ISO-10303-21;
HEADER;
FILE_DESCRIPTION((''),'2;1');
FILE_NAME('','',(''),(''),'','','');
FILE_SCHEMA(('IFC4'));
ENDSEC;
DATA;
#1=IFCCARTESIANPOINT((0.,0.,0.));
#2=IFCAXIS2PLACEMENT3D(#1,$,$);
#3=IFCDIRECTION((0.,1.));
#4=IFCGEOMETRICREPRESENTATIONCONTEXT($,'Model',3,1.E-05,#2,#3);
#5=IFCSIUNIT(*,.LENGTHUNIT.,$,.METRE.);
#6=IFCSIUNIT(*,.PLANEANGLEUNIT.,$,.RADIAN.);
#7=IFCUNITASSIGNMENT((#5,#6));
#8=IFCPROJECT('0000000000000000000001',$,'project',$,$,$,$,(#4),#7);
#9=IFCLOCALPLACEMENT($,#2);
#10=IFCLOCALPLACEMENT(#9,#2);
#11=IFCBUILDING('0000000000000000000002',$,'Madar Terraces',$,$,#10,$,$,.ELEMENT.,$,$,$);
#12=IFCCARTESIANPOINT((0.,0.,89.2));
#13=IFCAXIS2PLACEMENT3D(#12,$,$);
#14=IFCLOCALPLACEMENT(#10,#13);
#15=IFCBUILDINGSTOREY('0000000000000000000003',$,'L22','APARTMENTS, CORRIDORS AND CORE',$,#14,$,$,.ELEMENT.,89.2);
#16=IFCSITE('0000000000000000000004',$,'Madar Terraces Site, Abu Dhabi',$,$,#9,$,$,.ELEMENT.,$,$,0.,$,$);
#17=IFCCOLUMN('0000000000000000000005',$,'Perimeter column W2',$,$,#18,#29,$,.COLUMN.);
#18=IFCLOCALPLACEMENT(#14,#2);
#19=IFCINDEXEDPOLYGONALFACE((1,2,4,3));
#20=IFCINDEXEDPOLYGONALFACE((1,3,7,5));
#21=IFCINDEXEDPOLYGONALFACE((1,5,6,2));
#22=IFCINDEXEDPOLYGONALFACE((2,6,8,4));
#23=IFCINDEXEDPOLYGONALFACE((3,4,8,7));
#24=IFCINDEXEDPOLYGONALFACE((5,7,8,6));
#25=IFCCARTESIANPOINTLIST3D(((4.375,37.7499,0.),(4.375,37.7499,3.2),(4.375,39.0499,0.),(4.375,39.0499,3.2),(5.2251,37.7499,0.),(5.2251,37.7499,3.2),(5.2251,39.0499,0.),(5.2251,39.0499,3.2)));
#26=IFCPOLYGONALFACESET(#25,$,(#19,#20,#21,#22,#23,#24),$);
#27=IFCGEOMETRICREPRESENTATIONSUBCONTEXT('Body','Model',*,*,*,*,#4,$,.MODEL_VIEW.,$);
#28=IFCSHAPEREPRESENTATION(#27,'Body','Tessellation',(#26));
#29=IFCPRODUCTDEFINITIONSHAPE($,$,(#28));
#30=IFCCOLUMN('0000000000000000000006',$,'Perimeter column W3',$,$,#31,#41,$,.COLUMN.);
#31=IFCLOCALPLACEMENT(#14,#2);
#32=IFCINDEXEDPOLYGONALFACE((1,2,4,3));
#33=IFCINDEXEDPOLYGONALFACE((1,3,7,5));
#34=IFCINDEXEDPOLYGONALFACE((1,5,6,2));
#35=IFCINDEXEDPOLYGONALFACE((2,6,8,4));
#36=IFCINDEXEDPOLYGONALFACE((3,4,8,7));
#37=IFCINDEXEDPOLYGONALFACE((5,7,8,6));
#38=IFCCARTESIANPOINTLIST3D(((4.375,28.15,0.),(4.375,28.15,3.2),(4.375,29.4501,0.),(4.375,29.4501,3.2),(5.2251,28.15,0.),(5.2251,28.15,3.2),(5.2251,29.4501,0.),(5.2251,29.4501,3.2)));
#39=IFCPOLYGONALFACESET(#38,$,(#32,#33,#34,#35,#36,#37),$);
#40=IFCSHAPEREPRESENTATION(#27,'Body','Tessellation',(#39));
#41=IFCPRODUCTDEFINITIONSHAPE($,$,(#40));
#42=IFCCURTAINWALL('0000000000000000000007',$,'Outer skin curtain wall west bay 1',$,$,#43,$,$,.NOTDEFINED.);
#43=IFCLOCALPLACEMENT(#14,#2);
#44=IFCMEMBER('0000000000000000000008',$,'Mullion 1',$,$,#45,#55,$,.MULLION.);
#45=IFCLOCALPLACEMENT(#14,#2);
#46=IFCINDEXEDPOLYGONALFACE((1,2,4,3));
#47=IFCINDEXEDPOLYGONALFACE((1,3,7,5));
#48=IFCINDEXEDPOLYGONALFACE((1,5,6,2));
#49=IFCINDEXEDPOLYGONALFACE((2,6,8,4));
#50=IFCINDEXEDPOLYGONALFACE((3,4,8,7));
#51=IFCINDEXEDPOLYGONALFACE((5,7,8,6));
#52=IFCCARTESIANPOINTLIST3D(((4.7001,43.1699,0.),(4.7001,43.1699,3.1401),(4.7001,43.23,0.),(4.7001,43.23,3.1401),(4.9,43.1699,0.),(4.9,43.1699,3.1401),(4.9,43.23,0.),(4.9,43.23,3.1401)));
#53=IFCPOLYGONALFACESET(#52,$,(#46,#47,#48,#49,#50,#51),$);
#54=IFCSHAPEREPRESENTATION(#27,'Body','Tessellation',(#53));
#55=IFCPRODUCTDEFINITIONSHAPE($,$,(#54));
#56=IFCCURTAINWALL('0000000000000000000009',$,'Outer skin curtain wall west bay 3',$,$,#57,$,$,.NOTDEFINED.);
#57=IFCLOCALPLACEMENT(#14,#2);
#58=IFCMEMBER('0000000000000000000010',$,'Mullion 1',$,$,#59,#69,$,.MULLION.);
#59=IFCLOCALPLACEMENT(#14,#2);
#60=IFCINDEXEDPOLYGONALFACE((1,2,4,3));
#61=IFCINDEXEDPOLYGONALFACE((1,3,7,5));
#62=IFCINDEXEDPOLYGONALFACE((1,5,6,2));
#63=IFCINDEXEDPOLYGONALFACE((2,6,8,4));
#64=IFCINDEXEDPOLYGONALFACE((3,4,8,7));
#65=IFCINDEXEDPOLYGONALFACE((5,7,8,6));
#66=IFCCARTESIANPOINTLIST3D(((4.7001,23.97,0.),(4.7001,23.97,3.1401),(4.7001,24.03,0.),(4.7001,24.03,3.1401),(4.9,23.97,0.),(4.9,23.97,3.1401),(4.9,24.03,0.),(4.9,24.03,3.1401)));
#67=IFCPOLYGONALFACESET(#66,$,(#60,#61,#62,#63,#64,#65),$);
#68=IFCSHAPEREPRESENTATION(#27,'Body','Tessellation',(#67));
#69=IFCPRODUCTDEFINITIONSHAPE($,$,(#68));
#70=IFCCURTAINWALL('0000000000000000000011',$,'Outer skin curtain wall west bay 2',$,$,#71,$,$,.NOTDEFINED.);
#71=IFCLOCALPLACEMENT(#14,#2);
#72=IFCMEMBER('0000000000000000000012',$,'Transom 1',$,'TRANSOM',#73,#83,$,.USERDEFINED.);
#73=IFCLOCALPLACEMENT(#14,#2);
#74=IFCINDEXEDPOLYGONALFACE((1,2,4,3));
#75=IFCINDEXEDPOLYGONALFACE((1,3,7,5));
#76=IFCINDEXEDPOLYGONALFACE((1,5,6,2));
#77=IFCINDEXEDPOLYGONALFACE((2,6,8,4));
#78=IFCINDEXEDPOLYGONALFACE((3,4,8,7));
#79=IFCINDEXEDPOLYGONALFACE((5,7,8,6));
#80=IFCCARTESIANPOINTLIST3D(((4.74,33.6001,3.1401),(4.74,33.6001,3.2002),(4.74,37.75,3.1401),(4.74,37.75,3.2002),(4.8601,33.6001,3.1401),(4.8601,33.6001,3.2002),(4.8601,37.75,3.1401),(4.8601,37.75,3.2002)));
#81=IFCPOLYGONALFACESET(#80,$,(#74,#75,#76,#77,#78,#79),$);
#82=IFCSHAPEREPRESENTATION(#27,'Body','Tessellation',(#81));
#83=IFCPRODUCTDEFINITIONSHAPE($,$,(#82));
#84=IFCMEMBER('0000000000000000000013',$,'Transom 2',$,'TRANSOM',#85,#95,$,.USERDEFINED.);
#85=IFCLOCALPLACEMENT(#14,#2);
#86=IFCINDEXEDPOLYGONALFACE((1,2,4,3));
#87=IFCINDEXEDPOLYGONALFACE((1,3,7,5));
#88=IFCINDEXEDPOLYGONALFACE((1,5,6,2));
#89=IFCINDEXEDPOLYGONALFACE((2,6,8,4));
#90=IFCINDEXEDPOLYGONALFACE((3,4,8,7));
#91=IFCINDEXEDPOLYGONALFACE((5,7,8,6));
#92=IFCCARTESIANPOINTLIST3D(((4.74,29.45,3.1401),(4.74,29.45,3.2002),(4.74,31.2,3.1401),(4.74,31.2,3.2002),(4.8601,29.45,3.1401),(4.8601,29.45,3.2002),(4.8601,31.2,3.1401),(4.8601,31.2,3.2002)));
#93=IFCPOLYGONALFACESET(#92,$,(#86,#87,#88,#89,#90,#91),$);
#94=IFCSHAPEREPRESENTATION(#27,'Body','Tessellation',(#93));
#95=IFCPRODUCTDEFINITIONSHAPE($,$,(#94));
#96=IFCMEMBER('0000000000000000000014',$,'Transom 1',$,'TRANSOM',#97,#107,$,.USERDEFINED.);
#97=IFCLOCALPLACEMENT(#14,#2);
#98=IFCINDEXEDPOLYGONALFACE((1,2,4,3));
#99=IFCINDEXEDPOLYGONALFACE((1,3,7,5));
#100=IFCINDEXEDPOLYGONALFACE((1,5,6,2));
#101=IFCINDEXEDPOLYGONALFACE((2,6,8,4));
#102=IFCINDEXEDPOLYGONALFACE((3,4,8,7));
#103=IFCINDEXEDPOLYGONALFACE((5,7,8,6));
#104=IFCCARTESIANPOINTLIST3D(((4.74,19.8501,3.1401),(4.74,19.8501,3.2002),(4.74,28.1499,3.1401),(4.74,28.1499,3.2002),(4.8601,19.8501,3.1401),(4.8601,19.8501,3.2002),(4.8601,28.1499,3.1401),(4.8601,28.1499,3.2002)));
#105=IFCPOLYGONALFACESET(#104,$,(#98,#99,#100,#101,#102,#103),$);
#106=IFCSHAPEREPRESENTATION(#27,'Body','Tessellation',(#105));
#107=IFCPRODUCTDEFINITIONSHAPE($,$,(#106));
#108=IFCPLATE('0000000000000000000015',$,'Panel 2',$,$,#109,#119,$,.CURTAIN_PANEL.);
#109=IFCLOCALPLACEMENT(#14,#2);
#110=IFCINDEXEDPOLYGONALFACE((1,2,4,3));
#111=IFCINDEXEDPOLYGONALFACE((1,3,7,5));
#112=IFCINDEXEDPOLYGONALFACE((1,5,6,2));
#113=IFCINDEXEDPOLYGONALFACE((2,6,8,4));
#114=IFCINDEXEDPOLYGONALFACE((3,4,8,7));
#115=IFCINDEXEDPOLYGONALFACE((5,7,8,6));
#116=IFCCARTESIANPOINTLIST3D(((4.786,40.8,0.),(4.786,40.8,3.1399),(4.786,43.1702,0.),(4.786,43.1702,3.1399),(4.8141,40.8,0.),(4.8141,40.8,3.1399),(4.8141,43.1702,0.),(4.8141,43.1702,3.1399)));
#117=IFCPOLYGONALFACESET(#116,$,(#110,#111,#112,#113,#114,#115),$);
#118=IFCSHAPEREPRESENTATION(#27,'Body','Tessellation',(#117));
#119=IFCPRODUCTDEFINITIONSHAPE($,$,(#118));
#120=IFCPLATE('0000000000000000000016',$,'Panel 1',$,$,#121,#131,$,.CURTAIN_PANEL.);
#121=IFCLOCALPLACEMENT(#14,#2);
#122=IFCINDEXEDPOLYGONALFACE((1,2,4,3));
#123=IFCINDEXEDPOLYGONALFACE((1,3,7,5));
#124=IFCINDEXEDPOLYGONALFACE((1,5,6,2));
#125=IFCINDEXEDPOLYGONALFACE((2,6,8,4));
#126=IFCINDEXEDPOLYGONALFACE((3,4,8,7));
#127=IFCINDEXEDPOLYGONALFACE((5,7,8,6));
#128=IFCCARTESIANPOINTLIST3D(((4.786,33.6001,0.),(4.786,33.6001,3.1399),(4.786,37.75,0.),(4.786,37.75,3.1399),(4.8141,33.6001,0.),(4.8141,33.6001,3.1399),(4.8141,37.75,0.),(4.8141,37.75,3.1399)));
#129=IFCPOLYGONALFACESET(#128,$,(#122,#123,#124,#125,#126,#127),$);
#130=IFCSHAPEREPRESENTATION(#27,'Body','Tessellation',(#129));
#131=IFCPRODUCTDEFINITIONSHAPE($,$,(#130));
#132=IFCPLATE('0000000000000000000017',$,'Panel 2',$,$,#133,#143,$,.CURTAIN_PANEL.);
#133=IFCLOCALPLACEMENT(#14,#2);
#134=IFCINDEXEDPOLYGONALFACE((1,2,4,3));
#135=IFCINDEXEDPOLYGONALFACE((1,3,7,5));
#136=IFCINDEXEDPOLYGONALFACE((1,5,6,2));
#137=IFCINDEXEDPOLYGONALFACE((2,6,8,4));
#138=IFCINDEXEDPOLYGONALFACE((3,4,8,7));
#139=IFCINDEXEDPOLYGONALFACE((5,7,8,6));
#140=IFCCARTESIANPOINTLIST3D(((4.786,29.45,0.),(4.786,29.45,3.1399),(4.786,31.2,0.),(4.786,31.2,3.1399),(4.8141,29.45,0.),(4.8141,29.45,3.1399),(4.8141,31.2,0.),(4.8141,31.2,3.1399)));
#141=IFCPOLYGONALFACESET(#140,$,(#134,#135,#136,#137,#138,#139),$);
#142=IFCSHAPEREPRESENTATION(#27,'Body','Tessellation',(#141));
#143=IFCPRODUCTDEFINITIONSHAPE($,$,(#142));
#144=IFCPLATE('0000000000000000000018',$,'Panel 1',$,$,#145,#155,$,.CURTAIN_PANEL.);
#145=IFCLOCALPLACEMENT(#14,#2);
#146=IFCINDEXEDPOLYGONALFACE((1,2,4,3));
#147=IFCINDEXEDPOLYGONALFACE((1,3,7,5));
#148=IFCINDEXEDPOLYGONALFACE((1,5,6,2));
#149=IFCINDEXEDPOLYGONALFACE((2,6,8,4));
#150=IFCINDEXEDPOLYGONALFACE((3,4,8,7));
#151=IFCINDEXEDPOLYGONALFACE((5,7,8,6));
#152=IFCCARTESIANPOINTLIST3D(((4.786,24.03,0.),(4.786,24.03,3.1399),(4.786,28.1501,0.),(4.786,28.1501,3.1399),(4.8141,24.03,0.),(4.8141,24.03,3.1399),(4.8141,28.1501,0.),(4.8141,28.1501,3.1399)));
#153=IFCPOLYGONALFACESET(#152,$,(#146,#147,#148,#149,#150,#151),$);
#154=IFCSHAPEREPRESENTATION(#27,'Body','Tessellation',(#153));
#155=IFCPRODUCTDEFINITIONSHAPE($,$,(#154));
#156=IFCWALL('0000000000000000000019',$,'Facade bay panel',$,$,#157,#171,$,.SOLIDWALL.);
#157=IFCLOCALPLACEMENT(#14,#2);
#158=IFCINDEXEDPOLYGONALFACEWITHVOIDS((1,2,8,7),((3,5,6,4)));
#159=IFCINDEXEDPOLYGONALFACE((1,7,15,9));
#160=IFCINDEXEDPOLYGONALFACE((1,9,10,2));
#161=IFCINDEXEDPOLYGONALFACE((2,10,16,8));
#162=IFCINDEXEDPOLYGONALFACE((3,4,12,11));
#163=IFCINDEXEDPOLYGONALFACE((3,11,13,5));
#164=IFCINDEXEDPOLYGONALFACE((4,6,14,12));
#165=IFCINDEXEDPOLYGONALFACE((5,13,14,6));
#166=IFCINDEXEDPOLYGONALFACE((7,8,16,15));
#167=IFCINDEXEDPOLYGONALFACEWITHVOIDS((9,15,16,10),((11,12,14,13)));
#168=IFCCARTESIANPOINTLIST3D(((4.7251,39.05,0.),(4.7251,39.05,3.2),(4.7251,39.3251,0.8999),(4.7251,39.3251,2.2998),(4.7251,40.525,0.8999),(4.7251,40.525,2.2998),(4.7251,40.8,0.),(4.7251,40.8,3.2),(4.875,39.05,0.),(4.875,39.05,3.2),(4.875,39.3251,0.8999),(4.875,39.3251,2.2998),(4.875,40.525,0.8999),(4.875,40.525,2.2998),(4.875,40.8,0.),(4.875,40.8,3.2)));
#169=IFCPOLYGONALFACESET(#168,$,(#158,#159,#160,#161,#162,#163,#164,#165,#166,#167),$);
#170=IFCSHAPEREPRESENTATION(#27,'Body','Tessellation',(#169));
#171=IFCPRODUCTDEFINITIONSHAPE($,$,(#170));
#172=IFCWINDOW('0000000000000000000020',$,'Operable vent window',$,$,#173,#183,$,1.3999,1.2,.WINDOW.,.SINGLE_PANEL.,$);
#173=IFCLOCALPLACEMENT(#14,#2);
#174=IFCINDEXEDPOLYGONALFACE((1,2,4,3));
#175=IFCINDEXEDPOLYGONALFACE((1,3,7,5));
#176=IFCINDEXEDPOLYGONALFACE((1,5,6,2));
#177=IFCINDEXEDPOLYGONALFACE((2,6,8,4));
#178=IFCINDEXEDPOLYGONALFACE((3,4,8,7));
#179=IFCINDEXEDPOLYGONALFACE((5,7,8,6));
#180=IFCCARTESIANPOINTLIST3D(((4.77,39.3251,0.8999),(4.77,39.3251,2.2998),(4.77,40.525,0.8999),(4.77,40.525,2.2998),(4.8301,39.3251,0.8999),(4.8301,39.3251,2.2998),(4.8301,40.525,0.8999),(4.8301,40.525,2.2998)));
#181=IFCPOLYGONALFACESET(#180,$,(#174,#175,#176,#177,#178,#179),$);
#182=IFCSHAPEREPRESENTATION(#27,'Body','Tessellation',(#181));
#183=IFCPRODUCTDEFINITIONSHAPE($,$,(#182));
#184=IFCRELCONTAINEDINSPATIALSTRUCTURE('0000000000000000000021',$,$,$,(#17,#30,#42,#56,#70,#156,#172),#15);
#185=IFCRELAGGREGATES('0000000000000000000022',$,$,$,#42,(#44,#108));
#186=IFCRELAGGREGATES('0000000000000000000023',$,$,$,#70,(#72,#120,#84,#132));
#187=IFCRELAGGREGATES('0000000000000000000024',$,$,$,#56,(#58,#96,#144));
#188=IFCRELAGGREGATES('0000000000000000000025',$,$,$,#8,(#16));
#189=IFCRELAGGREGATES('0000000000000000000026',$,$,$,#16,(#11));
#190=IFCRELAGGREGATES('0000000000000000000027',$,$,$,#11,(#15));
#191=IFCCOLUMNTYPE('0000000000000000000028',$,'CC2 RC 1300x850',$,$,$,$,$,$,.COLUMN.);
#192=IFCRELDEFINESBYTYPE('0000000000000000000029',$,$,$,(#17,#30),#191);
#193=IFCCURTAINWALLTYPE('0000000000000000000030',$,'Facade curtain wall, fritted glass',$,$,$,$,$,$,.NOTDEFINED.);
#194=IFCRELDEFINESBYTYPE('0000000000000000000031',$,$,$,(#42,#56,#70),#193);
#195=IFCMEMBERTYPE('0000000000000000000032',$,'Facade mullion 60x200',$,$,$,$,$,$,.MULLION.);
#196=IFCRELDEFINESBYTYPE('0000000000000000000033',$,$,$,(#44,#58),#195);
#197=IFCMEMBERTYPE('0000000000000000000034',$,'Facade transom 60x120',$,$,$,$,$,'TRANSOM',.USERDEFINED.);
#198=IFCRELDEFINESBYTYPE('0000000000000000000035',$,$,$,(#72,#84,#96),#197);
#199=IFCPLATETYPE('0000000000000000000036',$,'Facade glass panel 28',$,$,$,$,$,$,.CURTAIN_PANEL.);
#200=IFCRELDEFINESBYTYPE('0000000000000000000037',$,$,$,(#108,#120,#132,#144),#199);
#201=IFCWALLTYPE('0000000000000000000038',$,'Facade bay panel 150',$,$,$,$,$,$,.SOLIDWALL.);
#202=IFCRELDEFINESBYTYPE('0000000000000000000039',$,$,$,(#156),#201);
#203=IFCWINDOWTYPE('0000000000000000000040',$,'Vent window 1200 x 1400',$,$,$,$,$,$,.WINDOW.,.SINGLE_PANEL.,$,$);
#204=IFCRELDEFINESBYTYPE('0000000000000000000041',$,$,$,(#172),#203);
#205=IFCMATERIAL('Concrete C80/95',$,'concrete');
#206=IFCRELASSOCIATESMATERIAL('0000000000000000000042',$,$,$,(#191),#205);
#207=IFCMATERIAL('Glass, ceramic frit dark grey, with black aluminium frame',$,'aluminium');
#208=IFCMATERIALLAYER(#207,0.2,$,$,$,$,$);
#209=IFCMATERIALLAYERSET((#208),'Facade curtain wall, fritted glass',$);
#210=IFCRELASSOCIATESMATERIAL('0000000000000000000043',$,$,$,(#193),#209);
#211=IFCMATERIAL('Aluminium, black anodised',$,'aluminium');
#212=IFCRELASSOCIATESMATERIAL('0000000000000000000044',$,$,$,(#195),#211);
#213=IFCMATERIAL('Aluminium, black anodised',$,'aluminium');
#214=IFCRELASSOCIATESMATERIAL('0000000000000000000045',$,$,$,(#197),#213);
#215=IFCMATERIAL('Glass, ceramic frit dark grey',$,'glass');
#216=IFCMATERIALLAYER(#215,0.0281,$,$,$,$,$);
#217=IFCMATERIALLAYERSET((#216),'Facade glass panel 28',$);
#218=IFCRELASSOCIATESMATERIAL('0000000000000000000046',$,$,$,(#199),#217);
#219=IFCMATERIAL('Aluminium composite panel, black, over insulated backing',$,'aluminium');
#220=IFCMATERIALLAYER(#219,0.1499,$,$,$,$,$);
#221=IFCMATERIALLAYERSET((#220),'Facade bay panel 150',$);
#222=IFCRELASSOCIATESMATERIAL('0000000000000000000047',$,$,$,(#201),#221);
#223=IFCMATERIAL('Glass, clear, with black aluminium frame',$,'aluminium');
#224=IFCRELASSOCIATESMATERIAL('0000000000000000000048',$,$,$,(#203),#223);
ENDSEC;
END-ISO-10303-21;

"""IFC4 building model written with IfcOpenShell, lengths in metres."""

from ifc_helpers import new_model, si_unit, direction, frame, frame_2d, origin, origin_2d, place, context, subcontext, project, spatial, rectangle, extrude, material, layer, layer_set, material_profile, profile_set, type_object, element, fill, aggregate, save


model = new_model("IFC4")

# Units and contexts
model_context = context("Model", 3, precision=1e-05, world=origin(), true_north=direction((0.0, 1.0)))
body_context = subcontext(model_context, "Body", "Model", "MODEL_VIEW")
ifc_project = project(units=[si_unit("LENGTHUNIT", "METRE"), si_unit("PLANEANGLEUNIT", "RADIAN")], contexts=[model_context])

# Site, building, storey
site_placement = place(None, origin())
site = spatial("IfcSite", under=ifc_project, at=site_placement, Name="Madar Terraces Site, Abu Dhabi", CompositionType="ELEMENT", RefElevation=0.0)
building_placement = place(site_placement, origin())
building = spatial("IfcBuilding", under=site, at=building_placement, Name="Madar Terraces", CompositionType="ELEMENT")
storey_placement = place(building_placement, frame((0.0, 0.0, 89.2)))
storey = spatial("IfcBuildingStorey", under=building, at=storey_placement, Name="L22", Description="APARTMENTS, CORRIDORS AND CORE", CompositionType="ELEMENT", Elevation=89.2)

# Columns
ifc_material_1 = material(Name="Concrete C80/95", Category="concrete")
ifc_material_profile_1 = material_profile(ifc_material_1, rectangle(XDim=1.3, YDim=0.8501, at=origin_2d()), Name="CC2 RC 1300x850")
ifc_profile_set_1 = profile_set([ifc_material_profile_1], Name="Concrete C80/95")
column_type = type_object("IfcColumnType", Name="CC2 RC 1300x850", PredefinedType="COLUMN", material=ifc_profile_set_1)
for number, where, z_axis, x_axis, name in (
    (1, (4.8, 38.3999, 0.0), (0.0, 0.0, 1.0), (0.0, 1.0, 0.0), "Perimeter column W2"),
    (2, (4.8, 28.8, 0.0), (0.0, 0.0, 1.0), (0.0, 1.0, 0.0), "Perimeter column W3"),
):
    element("IfcColumn", number, at=place(storey_placement, frame(where, z_axis=z_axis, x_axis=x_axis)), inside=storey, type_object=column_type, Name=name, PredefinedType="COLUMN", context=body_context, shape_type="SweptSolid", body=[
        extrude(rectangle(XDim=1.3, YDim=0.8501, at=origin_2d()), origin(), (0.0, 0.0, 1.0), 3.2),
    ])

# Curtain walls, members
ifc_material_2 = material(Name="Glass, ceramic frit dark grey, with black aluminium frame", Category="aluminium")
ifc_layer_1 = layer(ifc_material_2, 0.2)
ifc_layer_set_1 = layer_set([ifc_layer_1], Name="Facade curtain wall, fritted glass")
curtain_wall_type = type_object("IfcCurtainWallType", Name="Facade curtain wall, fritted glass", PredefinedType="NOTDEFINED", material=ifc_layer_set_1)
curtain_wall_1_placement = place(storey_placement, origin())
curtain_wall_1 = element("IfcCurtainWall", 3, at=curtain_wall_1_placement, inside=storey, type_object=curtain_wall_type, Name="Outer skin curtain wall west bay 1", PredefinedType="NOTDEFINED")
ifc_material_3 = material(Name="Aluminium, black anodised", Category="aluminium")
ifc_material_profile_2 = material_profile(ifc_material_3, rectangle(XDim=0.2, YDim=0.0601, at=origin_2d()), Name="Facade mullion 60x200")
ifc_profile_set_2 = profile_set([ifc_material_profile_2], Name="Aluminium, black anodised")
member_type_1 = type_object("IfcMemberType", Name="Facade mullion 60x200", PredefinedType="MULLION", material=ifc_profile_set_2)
member_1_placement = place(storey_placement, frame((4.8, 43.2, 0.0), z_axis=(0.0, 0.0, 1.0), x_axis=(1.0, 0.0, 0.0)))
member_1 = element("IfcMember", 4, at=member_1_placement, type_object=member_type_1, Name="Mullion 1", PredefinedType="MULLION", context=body_context, shape_type="SweptSolid", body=[
    extrude(rectangle(XDim=0.2, YDim=0.0601, at=origin_2d()), origin(), (0.0, 0.0, 1.0), 3.1401),
])
curtain_wall_2_placement = place(storey_placement, origin())
curtain_wall_2 = element("IfcCurtainWall", 5, at=curtain_wall_2_placement, inside=storey, type_object=curtain_wall_type, Name="Outer skin curtain wall west bay 3", PredefinedType="NOTDEFINED")
member_2_placement = place(storey_placement, frame((4.8, 24.0, 0.0), z_axis=(0.0, 0.0, 1.0), x_axis=(1.0, 0.0, 0.0)))
member_2 = element("IfcMember", 6, at=member_2_placement, type_object=member_type_1, Name="Mullion 1", PredefinedType="MULLION", context=body_context, shape_type="SweptSolid", body=[
    extrude(rectangle(XDim=0.2, YDim=0.0601, at=origin_2d()), origin(), (0.0, 0.0, 1.0), 3.1401),
])

# Curtain wall, members
curtain_wall_3_placement = place(storey_placement, origin())
curtain_wall_3 = element("IfcCurtainWall", 7, at=curtain_wall_3_placement, inside=storey, type_object=curtain_wall_type, Name="Outer skin curtain wall west bay 2", PredefinedType="NOTDEFINED")
ifc_material_4 = material(Name="Aluminium, black anodised", Category="aluminium")
ifc_material_profile_3 = material_profile(ifc_material_4, rectangle(XDim=0.1201, YDim=0.0601, at=origin_2d()), Name="Facade transom 60x120")
ifc_profile_set_3 = profile_set([ifc_material_profile_3], Name="Aluminium, black anodised")
member_type_2 = type_object("IfcMemberType", Name="Facade transom 60x120", ElementType="TRANSOM", PredefinedType="USERDEFINED", material=ifc_profile_set_3)
member_3_placement = place(storey_placement, frame((4.8, 37.75, 3.1702), z_axis=(0.0, -1.0, 0.0), x_axis=(1.0, 0.0, 0.0)))
member_3 = element("IfcMember", 8, at=member_3_placement, type_object=member_type_2, Name="Transom 1", ObjectType="TRANSOM", PredefinedType="USERDEFINED", context=body_context, shape_type="SweptSolid", body=[
    extrude(rectangle(XDim=0.1201, YDim=0.0601, at=origin_2d()), origin(), (0.0, 0.0, 1.0), 4.1499),
])
member_4_placement = place(storey_placement, frame((4.8, 31.2, 3.1702), z_axis=(0.0, -1.0, 0.0), x_axis=(1.0, 0.0, 0.0)))
member_4 = element("IfcMember", 9, at=member_4_placement, type_object=member_type_2, Name="Transom 2", ObjectType="TRANSOM", PredefinedType="USERDEFINED", context=body_context, shape_type="SweptSolid", body=[
    extrude(rectangle(XDim=0.1201, YDim=0.0601, at=origin_2d()), origin(), (0.0, 0.0, 1.0), 1.75),
])

# Member
member_5_placement = place(storey_placement, frame((4.8, 28.1499, 3.1702), z_axis=(0.0, -1.0, 0.0), x_axis=(1.0, 0.0, 0.0)))
member_5 = element("IfcMember", 10, at=member_5_placement, type_object=member_type_2, Name="Transom 1", ObjectType="TRANSOM", PredefinedType="USERDEFINED", context=body_context, shape_type="SweptSolid", body=[
    extrude(rectangle(XDim=0.1201, YDim=0.0601, at=origin_2d()), origin(), (0.0, 0.0, 1.0), 8.2998),
])

# Plates
ifc_material_5 = material(Name="Glass, ceramic frit dark grey", Category="glass")
ifc_layer_2 = layer(ifc_material_5, 0.0281)
ifc_layer_set_2 = layer_set([ifc_layer_2], Name="Facade glass panel 28")
plate_type = type_object("IfcPlateType", Name="Facade glass panel 28", PredefinedType="CURTAIN_PANEL", material=ifc_layer_set_2)
plate_1_placement = place(storey_placement, frame((4.8, 41.9851, 0.0), z_axis=(0.0, 0.0, 1.0), x_axis=(0.0, -1.0, 0.0)))
plate_1 = element("IfcPlate", 11, at=plate_1_placement, type_object=plate_type, Name="Panel 2", PredefinedType="CURTAIN_PANEL", context=body_context, shape_type="SweptSolid", body=[
    extrude(rectangle(XDim=2.3701, YDim=0.0281, at=origin_2d()), origin(), (0.0, 0.0, 1.0), 3.1399),
])
aggregate(curtain_wall_1, [member_1, plate_1])
plate_2_placement = place(storey_placement, frame((4.8, 35.675, 0.0), z_axis=(0.0, 0.0, 1.0), x_axis=(0.0, -1.0, 0.0)))
plate_2 = element("IfcPlate", 12, at=plate_2_placement, type_object=plate_type, Name="Panel 1", PredefinedType="CURTAIN_PANEL", context=body_context, shape_type="SweptSolid", body=[
    extrude(rectangle(XDim=4.1499, YDim=0.0281, at=origin_2d()), origin(), (0.0, 0.0, 1.0), 3.1399),
])
plate_3_placement = place(storey_placement, frame((4.8, 30.325, 0.0), z_axis=(0.0, 0.0, 1.0), x_axis=(0.0, -1.0, 0.0)))
plate_3 = element("IfcPlate", 13, at=plate_3_placement, type_object=plate_type, Name="Panel 2", PredefinedType="CURTAIN_PANEL", context=body_context, shape_type="SweptSolid", body=[
    extrude(rectangle(XDim=1.75, YDim=0.0281, at=origin_2d()), origin(), (0.0, 0.0, 1.0), 3.1399),
])
aggregate(curtain_wall_3, [member_3, plate_2, member_4, plate_3])
plate_4_placement = place(storey_placement, frame((4.8, 26.0901, 0.0), z_axis=(0.0, 0.0, 1.0), x_axis=(0.0, -1.0, 0.0)))
plate_4 = element("IfcPlate", 14, at=plate_4_placement, type_object=plate_type, Name="Panel 1", PredefinedType="CURTAIN_PANEL", context=body_context, shape_type="SweptSolid", body=[
    extrude(rectangle(XDim=4.1201, YDim=0.0281, at=origin_2d()), origin(), (0.0, 0.0, 1.0), 3.1399),
])
aggregate(curtain_wall_2, [member_2, member_5, plate_4])

# Wall, opening, window
ifc_material_6 = material(Name="Aluminium composite panel, black, over insulated backing", Category="aluminium")
ifc_layer_3 = layer(ifc_material_6, 0.1499)
ifc_layer_set_3 = layer_set([ifc_layer_3], Name="Facade bay panel 150")
wall_type_1 = type_object("IfcWallType", Name="Facade bay panel 150", PredefinedType="SOLIDWALL", material=ifc_layer_set_3)
wall_1_placement = place(storey_placement, frame((4.8, 40.8, 0.0), z_axis=(0.0, 0.0, 1.0), x_axis=(0.0, -1.0, 0.0)))
wall_1 = element("IfcWall", 15, at=wall_1_placement, inside=storey, type_object=wall_type_1, Name="Facade bay panel", PredefinedType="SOLIDWALL", context=body_context, shape_type="SweptSolid", body=[
    extrude(rectangle(XDim=1.75, YDim=0.1499, at=frame_2d((0.875, 0.0))), origin(), (0.0, 0.0, 1.0), 3.2),
])
opening_1_placement = place(wall_1_placement, frame((0.2749, 0.0, 0.8999)))
opening_1 = element("IfcOpeningElement", 16, at=opening_1_placement, cuts=wall_1, PredefinedType="OPENING", context=body_context, shape_type="SweptSolid", body=[
    extrude(rectangle(XDim=1.2, YDim=1.3999, at=frame_2d((0.6001, 0.7))), frame((0.0, 0.085, 0.0), z_axis=(0.0, -1.0, 0.0), x_axis=(1.0, 0.0, 0.0)), (0.0, 0.0, 1.0), 0.1699),
])
ifc_material_7 = material(Name="Glass, clear, with black aluminium frame", Category="aluminium")
window_type = type_object("IfcWindowType", Name="Vent window 1200 x 1400", PartitioningType="SINGLE_PANEL", PredefinedType="WINDOW", material=ifc_material_7)
window_placement = place(opening_1_placement, origin())
window = element("IfcWindow", 17, at=window_placement, inside=storey, type_object=window_type, Name="Operable vent window", OverallHeight=1.3999, OverallWidth=1.2, PartitioningType="SINGLE_PANEL", PredefinedType="WINDOW", context=body_context, shape_type="SweptSolid", body=[
    extrude(rectangle(XDim=1.2, YDim=1.3999, at=frame_2d((0.6001, 0.7))), frame((0.0, 0.03, 0.0), z_axis=(0.0, -1.0, 0.0), x_axis=(1.0, 0.0, 0.0)), (0.0, 0.0, 1.0), 0.0601),
])
fill(opening_1, window)

save(model, "model.ifc")
